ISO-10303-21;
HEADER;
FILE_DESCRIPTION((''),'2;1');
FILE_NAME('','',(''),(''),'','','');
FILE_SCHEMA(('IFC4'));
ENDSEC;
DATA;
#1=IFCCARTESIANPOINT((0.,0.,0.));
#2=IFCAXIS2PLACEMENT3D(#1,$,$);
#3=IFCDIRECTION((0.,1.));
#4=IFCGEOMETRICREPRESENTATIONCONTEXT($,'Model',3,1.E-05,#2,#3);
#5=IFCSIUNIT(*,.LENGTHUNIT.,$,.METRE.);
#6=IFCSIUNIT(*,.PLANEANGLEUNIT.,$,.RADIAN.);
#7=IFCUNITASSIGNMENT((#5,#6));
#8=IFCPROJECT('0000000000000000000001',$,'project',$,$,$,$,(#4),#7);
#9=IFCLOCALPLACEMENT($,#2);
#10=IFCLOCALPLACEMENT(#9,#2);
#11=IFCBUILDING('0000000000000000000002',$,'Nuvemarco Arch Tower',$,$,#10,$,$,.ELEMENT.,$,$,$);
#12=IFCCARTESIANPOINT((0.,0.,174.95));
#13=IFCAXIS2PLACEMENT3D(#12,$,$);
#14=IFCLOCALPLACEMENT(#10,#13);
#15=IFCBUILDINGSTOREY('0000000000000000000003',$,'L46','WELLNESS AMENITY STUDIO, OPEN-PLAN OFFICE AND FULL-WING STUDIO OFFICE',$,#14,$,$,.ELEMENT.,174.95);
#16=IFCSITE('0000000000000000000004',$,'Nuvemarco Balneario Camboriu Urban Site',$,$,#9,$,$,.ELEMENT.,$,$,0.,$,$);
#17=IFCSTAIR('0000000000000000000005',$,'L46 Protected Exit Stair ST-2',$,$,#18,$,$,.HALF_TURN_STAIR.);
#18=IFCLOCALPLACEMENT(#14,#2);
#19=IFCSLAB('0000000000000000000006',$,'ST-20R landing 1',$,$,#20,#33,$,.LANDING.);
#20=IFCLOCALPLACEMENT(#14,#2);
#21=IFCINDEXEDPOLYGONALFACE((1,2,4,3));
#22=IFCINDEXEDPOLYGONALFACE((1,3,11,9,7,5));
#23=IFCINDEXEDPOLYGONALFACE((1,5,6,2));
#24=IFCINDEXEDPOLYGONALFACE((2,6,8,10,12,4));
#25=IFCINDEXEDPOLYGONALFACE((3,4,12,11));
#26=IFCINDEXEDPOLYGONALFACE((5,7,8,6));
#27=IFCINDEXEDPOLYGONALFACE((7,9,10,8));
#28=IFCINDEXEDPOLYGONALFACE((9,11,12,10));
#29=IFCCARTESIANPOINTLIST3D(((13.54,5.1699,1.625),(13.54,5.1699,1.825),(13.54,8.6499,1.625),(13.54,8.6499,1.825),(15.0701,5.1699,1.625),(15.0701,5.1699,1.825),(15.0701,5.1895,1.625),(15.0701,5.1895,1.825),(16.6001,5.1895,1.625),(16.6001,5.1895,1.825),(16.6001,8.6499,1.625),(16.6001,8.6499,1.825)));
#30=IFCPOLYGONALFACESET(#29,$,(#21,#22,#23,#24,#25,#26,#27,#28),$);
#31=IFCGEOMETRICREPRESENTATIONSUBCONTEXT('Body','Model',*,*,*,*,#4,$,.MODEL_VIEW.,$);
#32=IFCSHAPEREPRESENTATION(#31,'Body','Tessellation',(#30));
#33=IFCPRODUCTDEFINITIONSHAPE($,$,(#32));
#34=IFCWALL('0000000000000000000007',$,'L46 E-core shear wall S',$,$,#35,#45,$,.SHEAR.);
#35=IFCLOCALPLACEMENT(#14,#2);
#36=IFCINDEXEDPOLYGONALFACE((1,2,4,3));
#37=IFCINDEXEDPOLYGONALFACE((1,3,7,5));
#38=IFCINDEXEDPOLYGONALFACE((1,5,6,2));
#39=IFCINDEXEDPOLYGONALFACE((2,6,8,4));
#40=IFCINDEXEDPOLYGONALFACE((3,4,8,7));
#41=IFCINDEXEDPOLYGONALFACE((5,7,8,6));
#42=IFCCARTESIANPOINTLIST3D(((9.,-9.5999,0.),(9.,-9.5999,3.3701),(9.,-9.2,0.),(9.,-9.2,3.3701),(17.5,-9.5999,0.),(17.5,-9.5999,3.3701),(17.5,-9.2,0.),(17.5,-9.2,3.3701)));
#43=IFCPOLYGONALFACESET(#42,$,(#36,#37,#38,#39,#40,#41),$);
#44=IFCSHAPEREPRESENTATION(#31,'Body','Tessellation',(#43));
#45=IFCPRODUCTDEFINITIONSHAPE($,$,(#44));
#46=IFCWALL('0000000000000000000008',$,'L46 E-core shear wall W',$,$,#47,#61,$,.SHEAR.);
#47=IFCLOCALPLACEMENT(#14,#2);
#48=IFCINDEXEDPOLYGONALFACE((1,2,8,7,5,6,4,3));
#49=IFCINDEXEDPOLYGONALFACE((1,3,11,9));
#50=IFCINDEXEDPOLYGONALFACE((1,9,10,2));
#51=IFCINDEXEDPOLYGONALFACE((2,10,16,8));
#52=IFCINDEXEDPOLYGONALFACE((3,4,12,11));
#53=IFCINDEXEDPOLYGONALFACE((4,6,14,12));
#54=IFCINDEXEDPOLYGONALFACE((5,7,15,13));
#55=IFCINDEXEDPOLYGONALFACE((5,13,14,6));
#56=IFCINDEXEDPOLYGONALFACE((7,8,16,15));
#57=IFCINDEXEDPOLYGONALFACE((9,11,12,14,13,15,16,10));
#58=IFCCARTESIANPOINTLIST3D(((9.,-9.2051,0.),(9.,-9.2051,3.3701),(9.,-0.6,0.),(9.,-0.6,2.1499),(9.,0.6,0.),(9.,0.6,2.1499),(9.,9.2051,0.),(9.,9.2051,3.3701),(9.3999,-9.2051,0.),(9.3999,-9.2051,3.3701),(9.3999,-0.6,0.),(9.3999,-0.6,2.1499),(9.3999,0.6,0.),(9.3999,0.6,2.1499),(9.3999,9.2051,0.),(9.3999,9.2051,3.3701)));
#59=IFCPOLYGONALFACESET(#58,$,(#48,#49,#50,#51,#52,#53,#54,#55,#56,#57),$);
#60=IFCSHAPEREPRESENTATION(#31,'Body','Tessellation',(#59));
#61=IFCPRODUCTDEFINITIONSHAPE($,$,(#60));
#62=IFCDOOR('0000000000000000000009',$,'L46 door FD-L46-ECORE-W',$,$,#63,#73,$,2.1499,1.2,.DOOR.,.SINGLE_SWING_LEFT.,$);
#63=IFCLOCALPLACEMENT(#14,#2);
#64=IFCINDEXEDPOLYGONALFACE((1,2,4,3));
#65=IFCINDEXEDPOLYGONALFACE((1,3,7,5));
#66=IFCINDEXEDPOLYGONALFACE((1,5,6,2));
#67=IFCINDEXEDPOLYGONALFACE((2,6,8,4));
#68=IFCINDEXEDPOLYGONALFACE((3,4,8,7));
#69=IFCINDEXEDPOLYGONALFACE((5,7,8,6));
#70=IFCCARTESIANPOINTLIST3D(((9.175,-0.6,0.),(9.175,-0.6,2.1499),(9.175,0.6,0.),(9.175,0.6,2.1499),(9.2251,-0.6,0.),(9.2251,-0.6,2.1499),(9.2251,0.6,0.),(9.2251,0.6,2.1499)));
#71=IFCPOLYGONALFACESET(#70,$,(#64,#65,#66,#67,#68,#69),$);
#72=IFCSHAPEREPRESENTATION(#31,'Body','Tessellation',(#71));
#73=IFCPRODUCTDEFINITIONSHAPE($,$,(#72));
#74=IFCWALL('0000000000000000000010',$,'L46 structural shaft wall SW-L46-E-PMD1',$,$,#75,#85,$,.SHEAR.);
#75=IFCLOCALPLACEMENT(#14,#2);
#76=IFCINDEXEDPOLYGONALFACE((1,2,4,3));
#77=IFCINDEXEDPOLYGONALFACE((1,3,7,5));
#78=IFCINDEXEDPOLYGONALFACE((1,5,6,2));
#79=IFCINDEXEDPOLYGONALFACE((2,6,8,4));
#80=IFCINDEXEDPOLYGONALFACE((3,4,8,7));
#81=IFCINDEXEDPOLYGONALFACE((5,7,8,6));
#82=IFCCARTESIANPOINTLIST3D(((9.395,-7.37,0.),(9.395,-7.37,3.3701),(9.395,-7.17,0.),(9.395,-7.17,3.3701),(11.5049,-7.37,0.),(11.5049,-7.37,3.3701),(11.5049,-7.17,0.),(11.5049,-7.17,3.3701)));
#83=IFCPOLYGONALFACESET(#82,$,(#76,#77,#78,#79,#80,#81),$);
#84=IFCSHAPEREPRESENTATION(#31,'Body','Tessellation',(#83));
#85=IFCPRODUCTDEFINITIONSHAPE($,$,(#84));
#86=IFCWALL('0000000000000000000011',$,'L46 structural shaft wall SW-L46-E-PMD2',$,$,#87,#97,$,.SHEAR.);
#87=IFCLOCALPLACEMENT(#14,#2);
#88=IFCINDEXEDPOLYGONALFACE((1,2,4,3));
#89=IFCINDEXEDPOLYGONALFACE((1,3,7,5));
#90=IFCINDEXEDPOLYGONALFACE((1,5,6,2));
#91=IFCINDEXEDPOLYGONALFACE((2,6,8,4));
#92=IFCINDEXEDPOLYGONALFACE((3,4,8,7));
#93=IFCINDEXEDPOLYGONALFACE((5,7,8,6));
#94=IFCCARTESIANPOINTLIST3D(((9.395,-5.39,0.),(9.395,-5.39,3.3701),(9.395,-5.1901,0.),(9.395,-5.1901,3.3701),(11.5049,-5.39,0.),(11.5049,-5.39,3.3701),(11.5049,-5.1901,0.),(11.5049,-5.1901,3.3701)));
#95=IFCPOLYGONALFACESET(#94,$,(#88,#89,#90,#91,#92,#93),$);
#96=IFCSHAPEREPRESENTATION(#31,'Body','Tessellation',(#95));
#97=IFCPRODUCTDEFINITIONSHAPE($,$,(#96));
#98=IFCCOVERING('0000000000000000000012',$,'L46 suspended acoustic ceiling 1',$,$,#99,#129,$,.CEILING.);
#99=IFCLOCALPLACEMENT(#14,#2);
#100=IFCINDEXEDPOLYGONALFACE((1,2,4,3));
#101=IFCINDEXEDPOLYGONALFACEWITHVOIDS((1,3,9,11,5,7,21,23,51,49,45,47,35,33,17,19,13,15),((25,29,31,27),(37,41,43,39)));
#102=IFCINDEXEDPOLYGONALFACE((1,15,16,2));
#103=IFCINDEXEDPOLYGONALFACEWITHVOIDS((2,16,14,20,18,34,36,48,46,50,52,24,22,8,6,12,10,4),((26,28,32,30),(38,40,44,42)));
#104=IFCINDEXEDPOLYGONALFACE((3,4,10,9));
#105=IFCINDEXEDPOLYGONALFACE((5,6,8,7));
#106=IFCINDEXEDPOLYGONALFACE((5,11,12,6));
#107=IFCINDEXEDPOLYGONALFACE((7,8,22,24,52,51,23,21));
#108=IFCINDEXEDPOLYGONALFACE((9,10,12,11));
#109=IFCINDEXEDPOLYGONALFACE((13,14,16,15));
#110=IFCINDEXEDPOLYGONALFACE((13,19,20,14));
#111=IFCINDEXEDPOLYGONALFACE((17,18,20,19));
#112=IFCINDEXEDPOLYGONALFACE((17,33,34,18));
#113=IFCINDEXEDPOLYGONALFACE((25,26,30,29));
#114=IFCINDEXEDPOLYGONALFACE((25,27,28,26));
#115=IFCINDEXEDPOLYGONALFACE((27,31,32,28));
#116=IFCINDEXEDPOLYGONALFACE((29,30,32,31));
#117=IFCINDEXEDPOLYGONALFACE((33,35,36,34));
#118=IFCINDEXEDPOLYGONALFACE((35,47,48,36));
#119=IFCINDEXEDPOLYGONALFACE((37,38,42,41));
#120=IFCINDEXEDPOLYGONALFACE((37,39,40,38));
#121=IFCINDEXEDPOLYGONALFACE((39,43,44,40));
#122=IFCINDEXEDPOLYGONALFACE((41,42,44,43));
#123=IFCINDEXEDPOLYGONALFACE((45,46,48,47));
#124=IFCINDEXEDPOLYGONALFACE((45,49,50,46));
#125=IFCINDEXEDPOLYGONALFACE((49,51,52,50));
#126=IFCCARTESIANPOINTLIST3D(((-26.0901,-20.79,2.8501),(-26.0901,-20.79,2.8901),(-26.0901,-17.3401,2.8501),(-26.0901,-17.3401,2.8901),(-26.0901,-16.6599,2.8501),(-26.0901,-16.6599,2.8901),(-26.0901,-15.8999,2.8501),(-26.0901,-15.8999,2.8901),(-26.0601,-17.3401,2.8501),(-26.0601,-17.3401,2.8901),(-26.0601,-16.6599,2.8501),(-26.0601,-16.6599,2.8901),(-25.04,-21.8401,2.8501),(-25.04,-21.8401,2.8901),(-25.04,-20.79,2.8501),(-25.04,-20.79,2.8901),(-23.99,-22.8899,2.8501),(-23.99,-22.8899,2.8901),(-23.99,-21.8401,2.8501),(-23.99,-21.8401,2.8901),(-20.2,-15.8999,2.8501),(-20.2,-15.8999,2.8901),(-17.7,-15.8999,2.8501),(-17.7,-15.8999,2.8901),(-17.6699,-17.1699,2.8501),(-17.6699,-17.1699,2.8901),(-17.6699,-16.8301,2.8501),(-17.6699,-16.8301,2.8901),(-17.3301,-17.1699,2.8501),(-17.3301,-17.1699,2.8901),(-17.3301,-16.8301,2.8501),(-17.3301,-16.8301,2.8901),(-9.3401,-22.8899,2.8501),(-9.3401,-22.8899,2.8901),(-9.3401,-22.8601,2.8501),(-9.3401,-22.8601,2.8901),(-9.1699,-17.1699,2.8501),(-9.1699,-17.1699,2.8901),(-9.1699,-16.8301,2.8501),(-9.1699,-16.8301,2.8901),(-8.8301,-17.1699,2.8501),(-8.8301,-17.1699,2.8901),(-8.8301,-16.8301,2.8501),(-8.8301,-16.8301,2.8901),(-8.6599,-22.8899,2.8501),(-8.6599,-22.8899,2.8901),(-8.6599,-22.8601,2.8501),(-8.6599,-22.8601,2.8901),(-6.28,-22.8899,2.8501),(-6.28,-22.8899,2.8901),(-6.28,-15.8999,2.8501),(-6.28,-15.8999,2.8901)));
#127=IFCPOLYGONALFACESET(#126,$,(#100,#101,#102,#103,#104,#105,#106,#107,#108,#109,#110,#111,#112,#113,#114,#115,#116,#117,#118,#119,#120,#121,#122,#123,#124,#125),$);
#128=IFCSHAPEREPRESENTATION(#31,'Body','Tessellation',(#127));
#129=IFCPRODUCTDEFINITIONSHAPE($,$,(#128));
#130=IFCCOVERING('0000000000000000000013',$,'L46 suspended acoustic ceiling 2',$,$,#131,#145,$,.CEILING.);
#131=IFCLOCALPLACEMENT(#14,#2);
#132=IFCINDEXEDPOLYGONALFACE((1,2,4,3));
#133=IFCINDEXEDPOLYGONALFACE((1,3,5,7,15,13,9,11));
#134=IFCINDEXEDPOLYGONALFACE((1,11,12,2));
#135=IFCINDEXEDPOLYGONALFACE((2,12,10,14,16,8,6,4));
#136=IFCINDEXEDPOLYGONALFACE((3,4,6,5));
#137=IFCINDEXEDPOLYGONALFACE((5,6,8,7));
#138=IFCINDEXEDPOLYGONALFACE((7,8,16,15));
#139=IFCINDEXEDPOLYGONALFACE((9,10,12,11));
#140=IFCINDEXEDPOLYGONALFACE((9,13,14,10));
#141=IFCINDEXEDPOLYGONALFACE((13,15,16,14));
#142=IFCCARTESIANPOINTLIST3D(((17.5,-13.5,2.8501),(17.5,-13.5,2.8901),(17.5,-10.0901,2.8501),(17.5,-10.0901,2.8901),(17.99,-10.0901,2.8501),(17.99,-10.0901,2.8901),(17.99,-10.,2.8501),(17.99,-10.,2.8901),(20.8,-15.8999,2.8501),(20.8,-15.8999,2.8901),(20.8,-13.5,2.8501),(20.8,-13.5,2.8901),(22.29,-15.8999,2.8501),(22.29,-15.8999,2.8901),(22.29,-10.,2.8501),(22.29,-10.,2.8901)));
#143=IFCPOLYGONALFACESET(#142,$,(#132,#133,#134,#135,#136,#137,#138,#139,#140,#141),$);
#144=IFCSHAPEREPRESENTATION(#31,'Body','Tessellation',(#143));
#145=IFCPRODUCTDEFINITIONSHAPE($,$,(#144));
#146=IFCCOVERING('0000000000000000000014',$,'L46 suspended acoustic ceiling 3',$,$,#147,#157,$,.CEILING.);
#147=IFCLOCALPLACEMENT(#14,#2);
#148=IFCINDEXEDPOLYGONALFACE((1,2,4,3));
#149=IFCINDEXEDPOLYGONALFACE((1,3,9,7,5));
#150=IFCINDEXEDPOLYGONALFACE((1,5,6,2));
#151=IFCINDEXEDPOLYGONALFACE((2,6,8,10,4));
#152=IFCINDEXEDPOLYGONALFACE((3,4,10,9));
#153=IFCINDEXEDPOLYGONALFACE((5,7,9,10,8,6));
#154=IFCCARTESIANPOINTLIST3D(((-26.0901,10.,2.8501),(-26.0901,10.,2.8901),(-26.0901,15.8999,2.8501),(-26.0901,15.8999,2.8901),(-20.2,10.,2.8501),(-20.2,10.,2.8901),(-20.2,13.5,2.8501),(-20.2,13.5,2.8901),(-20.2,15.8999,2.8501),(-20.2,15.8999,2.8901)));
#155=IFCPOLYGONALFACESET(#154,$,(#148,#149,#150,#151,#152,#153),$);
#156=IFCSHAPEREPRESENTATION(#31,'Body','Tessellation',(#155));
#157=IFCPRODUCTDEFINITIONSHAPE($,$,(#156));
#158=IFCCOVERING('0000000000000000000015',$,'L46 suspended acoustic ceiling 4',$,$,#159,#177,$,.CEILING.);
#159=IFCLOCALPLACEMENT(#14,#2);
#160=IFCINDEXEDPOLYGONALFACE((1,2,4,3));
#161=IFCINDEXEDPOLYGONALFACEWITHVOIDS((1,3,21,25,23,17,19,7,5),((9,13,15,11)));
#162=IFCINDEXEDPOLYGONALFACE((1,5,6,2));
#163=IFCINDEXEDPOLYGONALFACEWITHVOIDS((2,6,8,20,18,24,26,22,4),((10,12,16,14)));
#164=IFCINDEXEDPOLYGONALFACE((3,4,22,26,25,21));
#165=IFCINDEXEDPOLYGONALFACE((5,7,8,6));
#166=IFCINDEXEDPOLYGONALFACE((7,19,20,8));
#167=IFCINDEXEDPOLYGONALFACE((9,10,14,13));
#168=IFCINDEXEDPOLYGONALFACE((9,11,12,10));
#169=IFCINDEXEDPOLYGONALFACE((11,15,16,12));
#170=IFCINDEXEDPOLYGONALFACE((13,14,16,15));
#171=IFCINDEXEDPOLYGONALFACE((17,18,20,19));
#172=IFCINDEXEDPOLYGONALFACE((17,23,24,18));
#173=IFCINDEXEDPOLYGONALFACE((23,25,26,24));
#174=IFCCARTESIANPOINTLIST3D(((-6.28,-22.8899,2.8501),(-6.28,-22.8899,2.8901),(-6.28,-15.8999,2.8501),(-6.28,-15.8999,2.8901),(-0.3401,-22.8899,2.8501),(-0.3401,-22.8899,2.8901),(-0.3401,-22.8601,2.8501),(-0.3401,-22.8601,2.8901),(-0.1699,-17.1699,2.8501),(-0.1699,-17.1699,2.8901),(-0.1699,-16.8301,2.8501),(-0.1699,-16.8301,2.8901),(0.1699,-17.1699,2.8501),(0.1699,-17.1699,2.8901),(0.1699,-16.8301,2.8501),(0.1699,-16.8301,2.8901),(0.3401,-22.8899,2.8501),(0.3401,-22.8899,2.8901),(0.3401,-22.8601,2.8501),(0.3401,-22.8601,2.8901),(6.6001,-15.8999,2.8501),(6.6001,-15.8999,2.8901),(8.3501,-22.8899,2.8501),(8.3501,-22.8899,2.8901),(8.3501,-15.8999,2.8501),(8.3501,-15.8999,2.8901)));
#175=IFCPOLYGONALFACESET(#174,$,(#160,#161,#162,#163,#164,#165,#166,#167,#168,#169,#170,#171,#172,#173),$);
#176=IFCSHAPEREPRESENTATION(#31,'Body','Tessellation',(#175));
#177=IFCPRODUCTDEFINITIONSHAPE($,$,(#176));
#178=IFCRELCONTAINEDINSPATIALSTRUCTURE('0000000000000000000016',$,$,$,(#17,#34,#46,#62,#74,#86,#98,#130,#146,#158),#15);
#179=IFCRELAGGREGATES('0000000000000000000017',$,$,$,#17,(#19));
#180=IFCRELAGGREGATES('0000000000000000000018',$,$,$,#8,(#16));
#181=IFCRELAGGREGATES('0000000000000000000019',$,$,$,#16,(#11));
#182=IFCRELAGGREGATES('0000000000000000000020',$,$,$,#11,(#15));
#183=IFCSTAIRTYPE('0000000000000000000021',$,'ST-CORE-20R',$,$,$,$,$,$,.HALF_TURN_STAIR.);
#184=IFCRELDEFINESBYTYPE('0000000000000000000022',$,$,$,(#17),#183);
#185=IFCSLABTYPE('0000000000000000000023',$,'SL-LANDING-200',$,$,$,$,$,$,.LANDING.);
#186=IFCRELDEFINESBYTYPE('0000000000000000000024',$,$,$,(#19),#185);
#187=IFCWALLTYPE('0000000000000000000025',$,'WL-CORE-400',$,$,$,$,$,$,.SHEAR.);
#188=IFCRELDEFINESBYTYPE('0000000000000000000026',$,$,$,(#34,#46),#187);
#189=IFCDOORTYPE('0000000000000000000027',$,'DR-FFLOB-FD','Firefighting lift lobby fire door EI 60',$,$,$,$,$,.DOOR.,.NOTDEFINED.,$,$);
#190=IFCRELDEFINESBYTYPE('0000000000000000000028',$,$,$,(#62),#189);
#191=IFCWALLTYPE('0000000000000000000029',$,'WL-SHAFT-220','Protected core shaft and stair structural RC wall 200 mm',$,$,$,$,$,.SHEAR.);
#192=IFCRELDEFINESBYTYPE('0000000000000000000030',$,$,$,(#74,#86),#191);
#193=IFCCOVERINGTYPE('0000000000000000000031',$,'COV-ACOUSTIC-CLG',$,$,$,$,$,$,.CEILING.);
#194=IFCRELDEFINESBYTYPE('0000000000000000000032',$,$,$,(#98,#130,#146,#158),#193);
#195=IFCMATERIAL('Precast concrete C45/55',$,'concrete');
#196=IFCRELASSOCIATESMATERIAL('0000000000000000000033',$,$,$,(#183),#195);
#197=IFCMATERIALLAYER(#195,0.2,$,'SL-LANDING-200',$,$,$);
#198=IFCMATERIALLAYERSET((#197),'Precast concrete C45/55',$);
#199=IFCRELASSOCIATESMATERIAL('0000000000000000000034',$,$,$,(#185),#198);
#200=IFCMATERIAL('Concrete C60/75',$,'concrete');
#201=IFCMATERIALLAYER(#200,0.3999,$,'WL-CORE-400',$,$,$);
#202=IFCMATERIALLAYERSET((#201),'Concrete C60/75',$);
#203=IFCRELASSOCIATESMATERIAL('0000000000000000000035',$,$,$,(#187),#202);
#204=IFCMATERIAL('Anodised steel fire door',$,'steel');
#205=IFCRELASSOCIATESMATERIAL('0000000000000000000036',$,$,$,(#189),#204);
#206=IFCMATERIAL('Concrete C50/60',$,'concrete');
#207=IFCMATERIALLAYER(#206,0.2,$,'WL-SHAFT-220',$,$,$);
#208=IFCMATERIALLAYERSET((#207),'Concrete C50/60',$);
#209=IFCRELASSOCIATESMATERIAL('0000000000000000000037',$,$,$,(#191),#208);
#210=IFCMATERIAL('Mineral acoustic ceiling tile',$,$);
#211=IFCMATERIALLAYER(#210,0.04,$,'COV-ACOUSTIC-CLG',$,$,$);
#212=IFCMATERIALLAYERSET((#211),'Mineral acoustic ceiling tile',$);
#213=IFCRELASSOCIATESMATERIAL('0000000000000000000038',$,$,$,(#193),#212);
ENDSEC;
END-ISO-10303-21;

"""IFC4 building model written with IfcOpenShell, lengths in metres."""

from ifc_helpers import new_model, si_unit, direction, frame, frame_2d, origin, place, context, subcontext, project, spatial, polyline, rectangle, outline, extrude, source, transform, mapped, material, layer, layer_set, type_object, type_shapes, element, fill, aggregate, save


model = new_model("IFC4")

# Units and contexts
model_context = context("Model", 3, precision=1e-05, world=origin(), true_north=direction((0.0, 1.0)))
body_context = subcontext(model_context, "Body", "Model", "MODEL_VIEW")
ifc_project = project(units=[si_unit("LENGTHUNIT", "METRE"), si_unit("PLANEANGLEUNIT", "RADIAN")], contexts=[model_context])

# Site, building, storey
site_placement = place(None, origin())
site = spatial("IfcSite", under=ifc_project, at=site_placement, Name="Nuvemarco Balneario Camboriu Urban Site", CompositionType="ELEMENT", RefElevation=0.0)
building_placement = place(site_placement, origin())
building = spatial("IfcBuilding", under=site, at=building_placement, Name="Nuvemarco Arch Tower", CompositionType="ELEMENT")
storey_placement = place(building_placement, frame((0.0, 0.0, 174.95)))
storey = spatial("IfcBuildingStorey", under=building, at=storey_placement, Name="L46", Description="WELLNESS AMENITY STUDIO, OPEN-PLAN OFFICE AND FULL-WING STUDIO OFFICE", CompositionType="ELEMENT", Elevation=174.95)

# Shared definitions
ifc_material_1 = material(Name="Concrete C50/60", Category="concrete")

# Stair, slab
ifc_material_2 = material(Name="Precast concrete C45/55", Category="concrete")
stair_type = type_object("IfcStairType", Name="ST-CORE-20R", PredefinedType="HALF_TURN_STAIR", material=ifc_material_2)
ifc_layer_1 = layer(ifc_material_2, 0.2, Name="SL-LANDING-200")
ifc_layer_set_1 = layer_set([ifc_layer_1], Name="Precast concrete C45/55")
slab_type = type_object("IfcSlabType", Name="SL-LANDING-200", PredefinedType="LANDING", material=ifc_layer_set_1)
stair_1_placement = place(storey_placement, origin())
stair_1 = element("IfcStair", 1, at=stair_1_placement, inside=storey, type_object=stair_type, Name="L46 Protected Exit Stair ST-2", PredefinedType="HALF_TURN_STAIR")
slab_1_placement = place(storey_placement, frame((0.0, 0.0, 1.625)))
slab_1 = element("IfcSlab", 2, at=slab_1_placement, type_object=slab_type, Name="ST-20R landing 1", PredefinedType="LANDING", context=body_context, shape_type="SweptSolid", body=[
    extrude(outline(polyline([(16.6001, 5.1895), (16.6001, 8.6499), (13.54, 8.6499), (13.54, 5.1699), (15.0701, 5.1699), (15.0701, 5.1895), (16.6001, 5.1895)])), origin(), (0.0, 0.0, 1.0), 0.2),
])
aggregate(stair_1, [slab_1])

# Wall
ifc_material_3 = material(Name="Concrete C60/75", Category="concrete")
ifc_layer_2 = layer(ifc_material_3, 0.3999, Name="WL-CORE-400")
ifc_layer_set_2 = layer_set([ifc_layer_2], Name="Concrete C60/75")
wall_type_1 = type_object("IfcWallType", Name="WL-CORE-400", PredefinedType="SHEAR", material=ifc_layer_set_2)
wall_1_placement = place(storey_placement, frame((9.0, -9.3999, 0.0), z_axis=(0.0, 0.0, 1.0), x_axis=(1.0, 0.0, 0.0)))
element("IfcWall", 3, at=wall_1_placement, inside=storey, type_object=wall_type_1, Name="L46 E-core shear wall S", PredefinedType="SHEAR", context=body_context, shape_type="SweptSolid", body=[
    extrude(rectangle(XDim=8.5, YDim=0.3999, at=frame_2d((4.25, 0.0))), origin(), (0.0, 0.0, 1.0), 3.3701),
])

# Wall, opening, door
wall_2_placement = place(storey_placement, frame((9.2, -9.2051, 0.0), z_axis=(0.0, 0.0, 1.0), x_axis=(0.0, 1.0, 0.0)))
wall_2 = element("IfcWall", 4, at=wall_2_placement, inside=storey, type_object=wall_type_1, Name="L46 E-core shear wall W", PredefinedType="SHEAR", context=body_context, shape_type="SweptSolid", body=[
    extrude(rectangle(XDim=18.4102, YDim=0.3999, at=frame_2d((9.2051, 0.0))), origin(), (0.0, 0.0, 1.0), 3.3701),
])
opening_placement = place(wall_2_placement, frame((8.605, 0.0, 0.0)))
opening = element("IfcOpeningElement", 5, at=opening_placement, cuts=wall_2, PredefinedType="OPENING", context=body_context, shape_type="SweptSolid", body=[
    extrude(rectangle(XDim=1.2, YDim=2.1499, at=frame_2d((0.6001, 1.075))), frame((0.0, 0.21, 0.0), z_axis=(0.0, -1.0, 0.0), x_axis=(1.0, 0.0, 0.0)), (0.0, 0.0, 1.0), 0.4199),
])
ifc_material_4 = material(Name="Anodised steel fire door", Category="steel")
door_type = type_object("IfcDoorType", Name="DR-FFLOB-FD", Description="Firefighting lift lobby fire door EI 60", OperationType="NOTDEFINED", PredefinedType="DOOR", material=ifc_material_4)
shared_shape = source(origin(), body_context, "Body", "SweptSolid", [
    extrude(rectangle(XDim=1.2, YDim=2.1499, at=frame_2d((0.6001, 1.075))), frame((0.0, 0.0249, 0.0), z_axis=(0.0, -1.0, 0.0), x_axis=(1.0, 0.0, 0.0)), (0.0, 0.0, 1.0), 0.05),
])
type_shapes(door_type, [shared_shape])
door_placement = place(opening_placement, origin())
door = element("IfcDoor", 6, at=door_placement, inside=storey, type_object=door_type, Name="L46 door FD-L46-ECORE-W", OperationType="SINGLE_SWING_LEFT", OverallHeight=2.1499, OverallWidth=1.2, PredefinedType="DOOR", context=body_context, shape_type="MappedRepresentation", body=[
    mapped(shared_shape, transform((0.0, 0.0, 0.0), scale=1.0)),
])
fill(opening, door)

# Walls
ifc_layer_3 = layer(ifc_material_1, 0.2, Name="WL-SHAFT-220")
ifc_layer_set_3 = layer_set([ifc_layer_3], Name="Concrete C50/60")
wall_type_2 = type_object("IfcWallType", Name="WL-SHAFT-220", Description="Protected core shaft and stair structural RC wall 200 mm", PredefinedType="SHEAR", material=ifc_layer_set_3)
for number, where, z_axis, x_axis, name in (
    (7, (9.395, -7.27, 0.0), (0.0, 0.0, 1.0), (1.0, 0.0, 0.0), "L46 structural shaft wall SW-L46-E-PMD1"),
    (8, (9.395, -5.29, 0.0), (0.0, 0.0, 1.0), (1.0, 0.0, 0.0), "L46 structural shaft wall SW-L46-E-PMD2"),
):
    element("IfcWall", number, at=place(storey_placement, frame(where, z_axis=z_axis, x_axis=x_axis)), inside=storey, type_object=wall_type_2, Name=name, PredefinedType="SHEAR", context=body_context, shape_type="SweptSolid", body=[
        extrude(rectangle(XDim=2.1099, YDim=0.2, at=frame_2d((1.0549, 0.0))), origin(), (0.0, 0.0, 1.0), 3.3701),
    ])

# Coverings
ifc_material_5 = material(Name="Mineral acoustic ceiling tile")
ifc_layer_4 = layer(ifc_material_5, 0.04, Name="COV-ACOUSTIC-CLG")
ifc_layer_set_4 = layer_set([ifc_layer_4], Name="Mineral acoustic ceiling tile")
covering_type = type_object("IfcCoveringType", Name="COV-ACOUSTIC-CLG", PredefinedType="CEILING", material=ifc_layer_set_4)
covering_1_placement = place(storey_placement, frame((0.0, 0.0, 2.8501)))
element("IfcCovering", 9, at=covering_1_placement, inside=storey, type_object=covering_type, Name="L46 suspended acoustic ceiling 1", PredefinedType="CEILING", context=body_context, shape_type="SweptSolid", body=[
    extrude(outline(polyline([(-26.0901, -20.79), (-26.0901, -17.3401), (-26.0601, -17.3401), (-26.0601, -16.6599), (-26.0901, -16.6599), (-26.0901, -15.8999), (-20.2, -15.8999), (-17.7, -15.8999), (-6.28, -15.8999), (-6.28, -22.8899), (-8.6599, -22.8899), (-8.6599, -22.8601), (-9.3401, -22.8601), (-9.3401, -22.8899), (-23.99, -22.8899), (-23.99, -21.8401), (-25.04, -21.8401), (-25.04, -20.79), (-26.0901, -20.79)]), holes=[polyline([(-17.3301, -16.8301), (-17.6699, -16.8301), (-17.6699, -17.1699), (-17.3301, -17.1699), (-17.3301, -16.8301)]), polyline([(-8.8301, -17.1699), (-8.8301, -16.8301), (-9.1699, -16.8301), (-9.1699, -17.1699), (-8.8301, -17.1699)])]), origin(), (0.0, 0.0, 1.0), 0.04),
])
covering_2_placement = place(storey_placement, frame((0.0, 0.0, 2.8501)))
element("IfcCovering", 10, at=covering_2_placement, inside=storey, type_object=covering_type, Name="L46 suspended acoustic ceiling 2", PredefinedType="CEILING", context=body_context, shape_type="SweptSolid", body=[
    extrude(outline(polyline([(17.5, -10.0901), (17.99, -10.0901), (17.99, -10.0), (22.29, -10.0), (22.29, -15.8999), (20.8, -15.8999), (20.8, -13.5), (17.5, -13.5), (17.5, -10.0901)])), origin(), (0.0, 0.0, 1.0), 0.04),
])
covering_3_placement = place(storey_placement, frame((0.0, 0.0, 2.8501)))
element("IfcCovering", 11, at=covering_3_placement, inside=storey, type_object=covering_type, Name="L46 suspended acoustic ceiling 3", PredefinedType="CEILING", context=body_context, shape_type="SweptSolid", body=[
    extrude(outline(polyline([(-26.0901, 15.8999), (-20.2, 15.8999), (-20.2, 13.5), (-20.2, 10.0), (-26.0901, 10.0), (-26.0901, 15.8999)])), origin(), (0.0, 0.0, 1.0), 0.04),
])
covering_4_placement = place(storey_placement, frame((0.0, 0.0, 2.8501)))
element("IfcCovering", 12, at=covering_4_placement, inside=storey, type_object=covering_type, Name="L46 suspended acoustic ceiling 4", PredefinedType="CEILING", context=body_context, shape_type="SweptSolid", body=[
    extrude(outline(polyline([(8.3501, -22.8899), (0.3401, -22.8899), (0.3401, -22.8601), (-0.3401, -22.8601), (-0.3401, -22.8899), (-6.28, -22.8899), (-6.28, -15.8999), (6.6001, -15.8999), (8.3501, -15.8999), (8.3501, -22.8899)]), holes=[polyline([(0.1699, -17.1699), (0.1699, -16.8301), (-0.1699, -16.8301), (-0.1699, -17.1699), (0.1699, -17.1699)])]), origin(), (0.0, 0.0, 1.0), 0.04),
])

save(model, "model.ifc")
